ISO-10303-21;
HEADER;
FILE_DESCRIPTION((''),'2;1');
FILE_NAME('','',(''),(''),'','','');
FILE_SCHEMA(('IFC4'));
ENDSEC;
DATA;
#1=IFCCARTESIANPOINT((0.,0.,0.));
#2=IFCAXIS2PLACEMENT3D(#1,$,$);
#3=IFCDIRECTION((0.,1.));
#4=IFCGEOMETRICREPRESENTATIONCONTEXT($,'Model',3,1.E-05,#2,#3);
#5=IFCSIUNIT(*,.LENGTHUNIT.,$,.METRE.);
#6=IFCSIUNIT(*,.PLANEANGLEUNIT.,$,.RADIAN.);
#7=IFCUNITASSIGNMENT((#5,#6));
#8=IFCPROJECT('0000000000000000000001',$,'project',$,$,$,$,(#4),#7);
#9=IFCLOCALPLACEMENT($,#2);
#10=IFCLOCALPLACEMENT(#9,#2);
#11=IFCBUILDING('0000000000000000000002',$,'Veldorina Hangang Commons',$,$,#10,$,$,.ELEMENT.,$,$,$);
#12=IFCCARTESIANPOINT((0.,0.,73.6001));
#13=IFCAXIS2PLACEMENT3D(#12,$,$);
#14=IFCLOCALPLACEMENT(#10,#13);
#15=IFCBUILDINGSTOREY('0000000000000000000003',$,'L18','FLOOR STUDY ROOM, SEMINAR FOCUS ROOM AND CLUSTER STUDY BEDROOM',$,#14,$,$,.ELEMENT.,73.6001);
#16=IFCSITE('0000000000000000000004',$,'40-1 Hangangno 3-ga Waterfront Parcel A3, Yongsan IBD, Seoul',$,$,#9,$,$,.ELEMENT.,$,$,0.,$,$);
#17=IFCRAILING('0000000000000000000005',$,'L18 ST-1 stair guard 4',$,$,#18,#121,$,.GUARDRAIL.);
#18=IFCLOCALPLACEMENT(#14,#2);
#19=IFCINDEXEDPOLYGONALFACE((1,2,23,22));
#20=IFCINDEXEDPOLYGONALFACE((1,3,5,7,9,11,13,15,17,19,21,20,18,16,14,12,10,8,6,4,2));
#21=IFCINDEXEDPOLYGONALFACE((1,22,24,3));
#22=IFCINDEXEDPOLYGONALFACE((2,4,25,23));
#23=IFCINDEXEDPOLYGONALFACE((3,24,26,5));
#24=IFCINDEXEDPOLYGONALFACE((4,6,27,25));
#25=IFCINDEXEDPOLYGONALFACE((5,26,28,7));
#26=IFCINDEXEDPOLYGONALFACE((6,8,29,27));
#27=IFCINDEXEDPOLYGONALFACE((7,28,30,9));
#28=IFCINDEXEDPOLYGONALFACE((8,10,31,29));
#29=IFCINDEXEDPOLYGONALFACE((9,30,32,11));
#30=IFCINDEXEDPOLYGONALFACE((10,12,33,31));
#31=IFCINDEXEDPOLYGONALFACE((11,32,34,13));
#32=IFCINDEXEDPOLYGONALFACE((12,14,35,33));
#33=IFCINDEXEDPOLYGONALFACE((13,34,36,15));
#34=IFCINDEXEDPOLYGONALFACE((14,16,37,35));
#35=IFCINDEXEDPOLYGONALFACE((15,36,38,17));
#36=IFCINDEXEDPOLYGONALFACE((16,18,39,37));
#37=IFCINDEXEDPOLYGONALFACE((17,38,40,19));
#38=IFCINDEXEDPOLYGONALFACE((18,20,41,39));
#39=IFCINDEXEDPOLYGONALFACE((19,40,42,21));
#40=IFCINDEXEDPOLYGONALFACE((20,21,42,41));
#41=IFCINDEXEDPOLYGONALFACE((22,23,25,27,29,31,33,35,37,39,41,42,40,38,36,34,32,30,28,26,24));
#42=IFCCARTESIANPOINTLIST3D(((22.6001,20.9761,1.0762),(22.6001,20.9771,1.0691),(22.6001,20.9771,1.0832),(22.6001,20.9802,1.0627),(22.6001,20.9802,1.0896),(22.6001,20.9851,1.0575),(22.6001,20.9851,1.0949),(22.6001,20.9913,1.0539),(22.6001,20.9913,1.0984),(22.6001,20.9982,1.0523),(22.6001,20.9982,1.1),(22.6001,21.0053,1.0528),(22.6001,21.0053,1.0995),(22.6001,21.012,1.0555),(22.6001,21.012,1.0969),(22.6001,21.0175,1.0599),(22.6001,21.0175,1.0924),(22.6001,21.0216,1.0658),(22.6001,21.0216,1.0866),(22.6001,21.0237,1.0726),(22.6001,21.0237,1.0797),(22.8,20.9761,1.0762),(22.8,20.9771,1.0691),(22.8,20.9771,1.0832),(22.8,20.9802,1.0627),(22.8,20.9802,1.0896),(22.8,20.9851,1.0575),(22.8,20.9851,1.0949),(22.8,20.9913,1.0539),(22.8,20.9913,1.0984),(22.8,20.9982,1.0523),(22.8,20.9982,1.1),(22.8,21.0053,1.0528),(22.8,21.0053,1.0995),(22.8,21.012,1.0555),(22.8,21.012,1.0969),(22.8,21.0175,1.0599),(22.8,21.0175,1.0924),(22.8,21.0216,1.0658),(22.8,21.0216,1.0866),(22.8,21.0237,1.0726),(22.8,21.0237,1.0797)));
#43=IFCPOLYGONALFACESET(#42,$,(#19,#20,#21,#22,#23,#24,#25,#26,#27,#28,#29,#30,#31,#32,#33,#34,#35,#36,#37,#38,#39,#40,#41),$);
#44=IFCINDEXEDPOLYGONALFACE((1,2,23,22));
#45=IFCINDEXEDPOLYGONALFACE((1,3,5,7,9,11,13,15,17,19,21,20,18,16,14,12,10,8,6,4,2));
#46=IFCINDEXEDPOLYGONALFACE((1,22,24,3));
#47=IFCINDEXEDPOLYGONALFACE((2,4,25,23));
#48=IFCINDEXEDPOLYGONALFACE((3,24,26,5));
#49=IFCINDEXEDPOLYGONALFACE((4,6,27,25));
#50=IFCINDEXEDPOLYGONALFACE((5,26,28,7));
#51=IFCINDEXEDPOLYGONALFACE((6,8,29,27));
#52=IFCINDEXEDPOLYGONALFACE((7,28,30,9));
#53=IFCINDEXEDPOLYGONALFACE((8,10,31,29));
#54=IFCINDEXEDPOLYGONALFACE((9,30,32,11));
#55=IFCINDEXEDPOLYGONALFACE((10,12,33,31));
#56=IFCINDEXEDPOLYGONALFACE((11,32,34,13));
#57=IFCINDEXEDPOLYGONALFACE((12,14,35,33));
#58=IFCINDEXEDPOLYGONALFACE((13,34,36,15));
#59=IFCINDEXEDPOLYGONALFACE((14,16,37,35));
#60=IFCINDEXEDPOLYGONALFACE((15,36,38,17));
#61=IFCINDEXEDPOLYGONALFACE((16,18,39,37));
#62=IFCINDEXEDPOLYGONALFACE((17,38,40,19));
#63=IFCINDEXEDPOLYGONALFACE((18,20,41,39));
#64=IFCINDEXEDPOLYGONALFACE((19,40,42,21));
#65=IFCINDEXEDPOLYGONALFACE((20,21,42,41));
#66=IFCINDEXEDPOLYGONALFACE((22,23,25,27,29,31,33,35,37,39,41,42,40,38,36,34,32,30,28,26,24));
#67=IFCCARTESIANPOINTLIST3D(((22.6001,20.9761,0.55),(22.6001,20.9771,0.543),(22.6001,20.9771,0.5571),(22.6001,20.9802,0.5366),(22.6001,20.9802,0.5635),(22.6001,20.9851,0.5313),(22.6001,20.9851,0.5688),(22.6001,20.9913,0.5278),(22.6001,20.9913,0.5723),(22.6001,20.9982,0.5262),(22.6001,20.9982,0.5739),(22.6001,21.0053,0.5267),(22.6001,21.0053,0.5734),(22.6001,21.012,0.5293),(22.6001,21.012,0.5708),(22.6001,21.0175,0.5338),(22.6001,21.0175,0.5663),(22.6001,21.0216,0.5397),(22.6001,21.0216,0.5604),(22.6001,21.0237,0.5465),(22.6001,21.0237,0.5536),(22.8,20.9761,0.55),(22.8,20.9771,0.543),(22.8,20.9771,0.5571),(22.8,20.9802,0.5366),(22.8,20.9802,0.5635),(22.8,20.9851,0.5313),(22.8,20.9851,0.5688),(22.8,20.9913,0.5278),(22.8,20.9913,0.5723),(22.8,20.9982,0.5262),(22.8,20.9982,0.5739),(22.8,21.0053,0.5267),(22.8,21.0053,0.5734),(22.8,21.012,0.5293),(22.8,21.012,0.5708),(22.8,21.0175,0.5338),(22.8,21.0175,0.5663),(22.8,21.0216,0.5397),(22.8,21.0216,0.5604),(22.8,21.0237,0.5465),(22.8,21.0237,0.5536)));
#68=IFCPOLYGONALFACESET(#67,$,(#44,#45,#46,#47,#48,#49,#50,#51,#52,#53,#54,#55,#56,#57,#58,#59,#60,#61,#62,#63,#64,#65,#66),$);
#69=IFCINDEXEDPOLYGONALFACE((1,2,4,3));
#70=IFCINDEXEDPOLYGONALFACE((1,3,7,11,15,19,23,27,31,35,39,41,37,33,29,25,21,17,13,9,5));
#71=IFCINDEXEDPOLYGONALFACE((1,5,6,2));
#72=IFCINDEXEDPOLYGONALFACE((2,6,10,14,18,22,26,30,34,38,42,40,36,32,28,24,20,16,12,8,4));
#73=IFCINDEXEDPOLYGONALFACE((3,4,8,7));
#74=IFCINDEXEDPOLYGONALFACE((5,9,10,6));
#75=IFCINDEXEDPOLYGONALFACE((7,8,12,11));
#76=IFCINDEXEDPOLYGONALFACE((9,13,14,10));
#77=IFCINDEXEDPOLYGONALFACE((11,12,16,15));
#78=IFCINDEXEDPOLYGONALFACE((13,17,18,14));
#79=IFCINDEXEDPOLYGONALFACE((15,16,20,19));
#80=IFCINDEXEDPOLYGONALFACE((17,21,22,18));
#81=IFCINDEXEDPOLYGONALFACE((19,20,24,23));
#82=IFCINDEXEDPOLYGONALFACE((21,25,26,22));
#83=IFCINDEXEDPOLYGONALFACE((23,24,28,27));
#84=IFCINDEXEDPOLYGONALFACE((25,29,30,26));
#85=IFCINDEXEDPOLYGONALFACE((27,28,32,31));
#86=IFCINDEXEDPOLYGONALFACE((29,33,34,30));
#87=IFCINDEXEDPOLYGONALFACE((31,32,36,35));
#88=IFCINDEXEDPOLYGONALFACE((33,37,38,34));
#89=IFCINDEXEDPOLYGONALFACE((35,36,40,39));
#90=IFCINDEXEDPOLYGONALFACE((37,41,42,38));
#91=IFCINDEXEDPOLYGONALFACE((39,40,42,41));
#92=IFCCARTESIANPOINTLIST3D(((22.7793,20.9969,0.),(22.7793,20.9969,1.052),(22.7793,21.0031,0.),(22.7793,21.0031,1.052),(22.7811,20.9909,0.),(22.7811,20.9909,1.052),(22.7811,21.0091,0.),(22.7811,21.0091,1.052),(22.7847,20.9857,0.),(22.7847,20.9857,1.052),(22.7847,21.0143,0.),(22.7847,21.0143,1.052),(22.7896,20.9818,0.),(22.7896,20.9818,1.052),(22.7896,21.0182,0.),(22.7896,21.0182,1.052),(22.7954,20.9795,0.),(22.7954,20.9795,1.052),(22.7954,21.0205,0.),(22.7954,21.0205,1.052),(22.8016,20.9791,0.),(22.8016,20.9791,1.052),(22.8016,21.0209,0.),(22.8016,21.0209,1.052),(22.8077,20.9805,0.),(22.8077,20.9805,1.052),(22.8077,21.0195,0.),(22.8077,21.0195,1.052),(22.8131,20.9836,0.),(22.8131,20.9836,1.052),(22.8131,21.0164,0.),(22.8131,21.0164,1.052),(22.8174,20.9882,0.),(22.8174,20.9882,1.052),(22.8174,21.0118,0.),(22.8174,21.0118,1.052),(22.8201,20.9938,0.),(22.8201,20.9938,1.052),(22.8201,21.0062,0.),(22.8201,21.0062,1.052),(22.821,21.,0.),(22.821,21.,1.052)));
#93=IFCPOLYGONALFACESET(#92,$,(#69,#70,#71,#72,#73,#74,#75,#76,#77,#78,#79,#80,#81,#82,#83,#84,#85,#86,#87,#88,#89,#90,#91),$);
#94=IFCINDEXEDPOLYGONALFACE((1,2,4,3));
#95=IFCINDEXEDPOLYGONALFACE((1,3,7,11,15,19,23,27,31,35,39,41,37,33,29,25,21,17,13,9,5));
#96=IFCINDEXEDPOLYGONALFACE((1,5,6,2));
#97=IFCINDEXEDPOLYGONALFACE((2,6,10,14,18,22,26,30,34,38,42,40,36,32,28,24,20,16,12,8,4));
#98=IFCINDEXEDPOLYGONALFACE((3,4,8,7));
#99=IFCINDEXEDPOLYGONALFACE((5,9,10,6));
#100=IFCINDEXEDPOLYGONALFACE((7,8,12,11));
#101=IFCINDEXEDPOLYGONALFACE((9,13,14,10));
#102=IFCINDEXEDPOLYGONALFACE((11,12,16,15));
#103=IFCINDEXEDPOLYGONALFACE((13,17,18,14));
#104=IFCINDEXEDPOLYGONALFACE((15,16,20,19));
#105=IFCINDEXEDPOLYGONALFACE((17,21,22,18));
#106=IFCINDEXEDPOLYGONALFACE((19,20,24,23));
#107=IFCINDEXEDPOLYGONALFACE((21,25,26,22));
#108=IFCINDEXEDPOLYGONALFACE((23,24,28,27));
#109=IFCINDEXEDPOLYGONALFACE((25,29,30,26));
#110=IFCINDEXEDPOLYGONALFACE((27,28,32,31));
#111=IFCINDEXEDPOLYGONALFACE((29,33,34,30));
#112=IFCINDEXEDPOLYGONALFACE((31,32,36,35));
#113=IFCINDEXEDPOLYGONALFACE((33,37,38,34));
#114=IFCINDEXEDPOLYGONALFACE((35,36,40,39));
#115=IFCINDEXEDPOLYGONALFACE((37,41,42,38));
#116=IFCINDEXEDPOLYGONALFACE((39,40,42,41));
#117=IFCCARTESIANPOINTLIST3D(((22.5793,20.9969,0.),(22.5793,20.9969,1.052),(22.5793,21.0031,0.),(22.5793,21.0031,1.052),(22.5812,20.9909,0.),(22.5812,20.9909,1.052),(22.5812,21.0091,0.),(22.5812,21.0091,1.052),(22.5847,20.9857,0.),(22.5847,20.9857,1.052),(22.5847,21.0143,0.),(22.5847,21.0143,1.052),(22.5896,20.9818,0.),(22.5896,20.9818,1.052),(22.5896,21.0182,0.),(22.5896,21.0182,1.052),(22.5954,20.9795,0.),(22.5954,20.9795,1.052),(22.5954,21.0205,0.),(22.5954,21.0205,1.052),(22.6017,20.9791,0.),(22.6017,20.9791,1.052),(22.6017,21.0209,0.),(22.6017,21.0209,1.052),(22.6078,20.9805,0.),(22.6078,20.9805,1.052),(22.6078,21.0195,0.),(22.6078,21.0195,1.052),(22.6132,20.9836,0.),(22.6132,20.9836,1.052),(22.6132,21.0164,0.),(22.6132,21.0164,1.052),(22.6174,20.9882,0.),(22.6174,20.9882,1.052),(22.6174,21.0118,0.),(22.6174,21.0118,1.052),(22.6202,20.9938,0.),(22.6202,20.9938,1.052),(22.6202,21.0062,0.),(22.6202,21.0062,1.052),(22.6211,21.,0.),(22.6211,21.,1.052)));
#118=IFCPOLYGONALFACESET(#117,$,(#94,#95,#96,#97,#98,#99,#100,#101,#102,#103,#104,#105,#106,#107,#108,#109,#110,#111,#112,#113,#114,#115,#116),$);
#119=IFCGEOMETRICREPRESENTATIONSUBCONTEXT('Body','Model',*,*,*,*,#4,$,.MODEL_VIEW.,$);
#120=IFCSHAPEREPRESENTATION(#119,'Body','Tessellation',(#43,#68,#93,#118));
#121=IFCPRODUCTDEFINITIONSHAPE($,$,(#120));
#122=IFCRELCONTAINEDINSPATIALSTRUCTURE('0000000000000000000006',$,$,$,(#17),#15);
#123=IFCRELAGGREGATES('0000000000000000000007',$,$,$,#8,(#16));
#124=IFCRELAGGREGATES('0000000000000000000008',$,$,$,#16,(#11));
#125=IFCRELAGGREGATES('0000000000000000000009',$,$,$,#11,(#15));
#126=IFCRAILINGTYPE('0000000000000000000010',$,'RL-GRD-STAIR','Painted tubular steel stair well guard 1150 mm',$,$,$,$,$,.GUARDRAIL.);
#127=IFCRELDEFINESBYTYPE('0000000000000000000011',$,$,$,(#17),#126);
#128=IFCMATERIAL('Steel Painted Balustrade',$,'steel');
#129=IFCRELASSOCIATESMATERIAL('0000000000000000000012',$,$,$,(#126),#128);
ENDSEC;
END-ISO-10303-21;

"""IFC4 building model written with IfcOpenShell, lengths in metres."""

from ifc_helpers import new_model, si_unit, direction, frame, origin, origin_2d, place, context, subcontext, project, spatial, circle, extrude, material, type_object, element, save


model = new_model("IFC4")

# Units and contexts
model_context = context("Model", 3, precision=1e-05, world=origin(), true_north=direction((0.0, 1.0)))
body_context = subcontext(model_context, "Body", "Model", "MODEL_VIEW")
ifc_project = project(units=[si_unit("LENGTHUNIT", "METRE"), si_unit("PLANEANGLEUNIT", "RADIAN")], contexts=[model_context])

# Site, building, storey
site_placement = place(None, origin())
site = spatial("IfcSite", under=ifc_project, at=site_placement, Name="40-1 Hangangno 3-ga Waterfront Parcel A3, Yongsan IBD, Seoul", CompositionType="ELEMENT", RefElevation=0.0)
building_placement = place(site_placement, origin())
building = spatial("IfcBuilding", under=site, at=building_placement, Name="Veldorina Hangang Commons", CompositionType="ELEMENT")
storey_placement = place(building_placement, frame((0.0, 0.0, 73.6001)))
storey = spatial("IfcBuildingStorey", under=building, at=storey_placement, Name="L18", Description="FLOOR STUDY ROOM, SEMINAR FOCUS ROOM AND CLUSTER STUDY BEDROOM", CompositionType="ELEMENT", Elevation=73.6001)

# Railing
ifc_material_1 = material(Name="Steel Painted Balustrade", Category="steel")
railing_type = type_object("IfcRailingType", Name="RL-GRD-STAIR", Description="Painted tubular steel stair well guard 1150 mm", PredefinedType="GUARDRAIL", material=ifc_material_1)
railing_1_placement = place(storey_placement, frame((22.8, 21.0, 0.0)))
element("IfcRailing", 1, at=railing_1_placement, inside=storey, type_object=railing_type, Name="L18 ST-1 stair guard 4", PredefinedType="GUARDRAIL", context=body_context, shape_type="SweptSolid", body=[
    extrude(circle(Radius=0.0239, at=origin_2d()), frame((0.0, 0.0, 1.0762), z_axis=(-1.0, 0.0, 0.0), x_axis=(0.0, -1.0, 0.0)), (0.0, 0.0, 1.0), 0.2),
    extrude(circle(Radius=0.0239, at=origin_2d()), frame((0.0, 0.0, 0.55), z_axis=(-1.0, 0.0, 0.0), x_axis=(0.0, -1.0, 0.0)), (0.0, 0.0, 1.0), 0.2),
    extrude(circle(Radius=0.021, at=origin_2d()), origin(), (0.0, 0.0, 1.0), 1.052),
    extrude(circle(Radius=0.021, at=origin_2d()), frame((-0.2, 0.0, 0.0)), (0.0, 0.0, 1.0), 1.052),
])

save(model, "model.ifc")
